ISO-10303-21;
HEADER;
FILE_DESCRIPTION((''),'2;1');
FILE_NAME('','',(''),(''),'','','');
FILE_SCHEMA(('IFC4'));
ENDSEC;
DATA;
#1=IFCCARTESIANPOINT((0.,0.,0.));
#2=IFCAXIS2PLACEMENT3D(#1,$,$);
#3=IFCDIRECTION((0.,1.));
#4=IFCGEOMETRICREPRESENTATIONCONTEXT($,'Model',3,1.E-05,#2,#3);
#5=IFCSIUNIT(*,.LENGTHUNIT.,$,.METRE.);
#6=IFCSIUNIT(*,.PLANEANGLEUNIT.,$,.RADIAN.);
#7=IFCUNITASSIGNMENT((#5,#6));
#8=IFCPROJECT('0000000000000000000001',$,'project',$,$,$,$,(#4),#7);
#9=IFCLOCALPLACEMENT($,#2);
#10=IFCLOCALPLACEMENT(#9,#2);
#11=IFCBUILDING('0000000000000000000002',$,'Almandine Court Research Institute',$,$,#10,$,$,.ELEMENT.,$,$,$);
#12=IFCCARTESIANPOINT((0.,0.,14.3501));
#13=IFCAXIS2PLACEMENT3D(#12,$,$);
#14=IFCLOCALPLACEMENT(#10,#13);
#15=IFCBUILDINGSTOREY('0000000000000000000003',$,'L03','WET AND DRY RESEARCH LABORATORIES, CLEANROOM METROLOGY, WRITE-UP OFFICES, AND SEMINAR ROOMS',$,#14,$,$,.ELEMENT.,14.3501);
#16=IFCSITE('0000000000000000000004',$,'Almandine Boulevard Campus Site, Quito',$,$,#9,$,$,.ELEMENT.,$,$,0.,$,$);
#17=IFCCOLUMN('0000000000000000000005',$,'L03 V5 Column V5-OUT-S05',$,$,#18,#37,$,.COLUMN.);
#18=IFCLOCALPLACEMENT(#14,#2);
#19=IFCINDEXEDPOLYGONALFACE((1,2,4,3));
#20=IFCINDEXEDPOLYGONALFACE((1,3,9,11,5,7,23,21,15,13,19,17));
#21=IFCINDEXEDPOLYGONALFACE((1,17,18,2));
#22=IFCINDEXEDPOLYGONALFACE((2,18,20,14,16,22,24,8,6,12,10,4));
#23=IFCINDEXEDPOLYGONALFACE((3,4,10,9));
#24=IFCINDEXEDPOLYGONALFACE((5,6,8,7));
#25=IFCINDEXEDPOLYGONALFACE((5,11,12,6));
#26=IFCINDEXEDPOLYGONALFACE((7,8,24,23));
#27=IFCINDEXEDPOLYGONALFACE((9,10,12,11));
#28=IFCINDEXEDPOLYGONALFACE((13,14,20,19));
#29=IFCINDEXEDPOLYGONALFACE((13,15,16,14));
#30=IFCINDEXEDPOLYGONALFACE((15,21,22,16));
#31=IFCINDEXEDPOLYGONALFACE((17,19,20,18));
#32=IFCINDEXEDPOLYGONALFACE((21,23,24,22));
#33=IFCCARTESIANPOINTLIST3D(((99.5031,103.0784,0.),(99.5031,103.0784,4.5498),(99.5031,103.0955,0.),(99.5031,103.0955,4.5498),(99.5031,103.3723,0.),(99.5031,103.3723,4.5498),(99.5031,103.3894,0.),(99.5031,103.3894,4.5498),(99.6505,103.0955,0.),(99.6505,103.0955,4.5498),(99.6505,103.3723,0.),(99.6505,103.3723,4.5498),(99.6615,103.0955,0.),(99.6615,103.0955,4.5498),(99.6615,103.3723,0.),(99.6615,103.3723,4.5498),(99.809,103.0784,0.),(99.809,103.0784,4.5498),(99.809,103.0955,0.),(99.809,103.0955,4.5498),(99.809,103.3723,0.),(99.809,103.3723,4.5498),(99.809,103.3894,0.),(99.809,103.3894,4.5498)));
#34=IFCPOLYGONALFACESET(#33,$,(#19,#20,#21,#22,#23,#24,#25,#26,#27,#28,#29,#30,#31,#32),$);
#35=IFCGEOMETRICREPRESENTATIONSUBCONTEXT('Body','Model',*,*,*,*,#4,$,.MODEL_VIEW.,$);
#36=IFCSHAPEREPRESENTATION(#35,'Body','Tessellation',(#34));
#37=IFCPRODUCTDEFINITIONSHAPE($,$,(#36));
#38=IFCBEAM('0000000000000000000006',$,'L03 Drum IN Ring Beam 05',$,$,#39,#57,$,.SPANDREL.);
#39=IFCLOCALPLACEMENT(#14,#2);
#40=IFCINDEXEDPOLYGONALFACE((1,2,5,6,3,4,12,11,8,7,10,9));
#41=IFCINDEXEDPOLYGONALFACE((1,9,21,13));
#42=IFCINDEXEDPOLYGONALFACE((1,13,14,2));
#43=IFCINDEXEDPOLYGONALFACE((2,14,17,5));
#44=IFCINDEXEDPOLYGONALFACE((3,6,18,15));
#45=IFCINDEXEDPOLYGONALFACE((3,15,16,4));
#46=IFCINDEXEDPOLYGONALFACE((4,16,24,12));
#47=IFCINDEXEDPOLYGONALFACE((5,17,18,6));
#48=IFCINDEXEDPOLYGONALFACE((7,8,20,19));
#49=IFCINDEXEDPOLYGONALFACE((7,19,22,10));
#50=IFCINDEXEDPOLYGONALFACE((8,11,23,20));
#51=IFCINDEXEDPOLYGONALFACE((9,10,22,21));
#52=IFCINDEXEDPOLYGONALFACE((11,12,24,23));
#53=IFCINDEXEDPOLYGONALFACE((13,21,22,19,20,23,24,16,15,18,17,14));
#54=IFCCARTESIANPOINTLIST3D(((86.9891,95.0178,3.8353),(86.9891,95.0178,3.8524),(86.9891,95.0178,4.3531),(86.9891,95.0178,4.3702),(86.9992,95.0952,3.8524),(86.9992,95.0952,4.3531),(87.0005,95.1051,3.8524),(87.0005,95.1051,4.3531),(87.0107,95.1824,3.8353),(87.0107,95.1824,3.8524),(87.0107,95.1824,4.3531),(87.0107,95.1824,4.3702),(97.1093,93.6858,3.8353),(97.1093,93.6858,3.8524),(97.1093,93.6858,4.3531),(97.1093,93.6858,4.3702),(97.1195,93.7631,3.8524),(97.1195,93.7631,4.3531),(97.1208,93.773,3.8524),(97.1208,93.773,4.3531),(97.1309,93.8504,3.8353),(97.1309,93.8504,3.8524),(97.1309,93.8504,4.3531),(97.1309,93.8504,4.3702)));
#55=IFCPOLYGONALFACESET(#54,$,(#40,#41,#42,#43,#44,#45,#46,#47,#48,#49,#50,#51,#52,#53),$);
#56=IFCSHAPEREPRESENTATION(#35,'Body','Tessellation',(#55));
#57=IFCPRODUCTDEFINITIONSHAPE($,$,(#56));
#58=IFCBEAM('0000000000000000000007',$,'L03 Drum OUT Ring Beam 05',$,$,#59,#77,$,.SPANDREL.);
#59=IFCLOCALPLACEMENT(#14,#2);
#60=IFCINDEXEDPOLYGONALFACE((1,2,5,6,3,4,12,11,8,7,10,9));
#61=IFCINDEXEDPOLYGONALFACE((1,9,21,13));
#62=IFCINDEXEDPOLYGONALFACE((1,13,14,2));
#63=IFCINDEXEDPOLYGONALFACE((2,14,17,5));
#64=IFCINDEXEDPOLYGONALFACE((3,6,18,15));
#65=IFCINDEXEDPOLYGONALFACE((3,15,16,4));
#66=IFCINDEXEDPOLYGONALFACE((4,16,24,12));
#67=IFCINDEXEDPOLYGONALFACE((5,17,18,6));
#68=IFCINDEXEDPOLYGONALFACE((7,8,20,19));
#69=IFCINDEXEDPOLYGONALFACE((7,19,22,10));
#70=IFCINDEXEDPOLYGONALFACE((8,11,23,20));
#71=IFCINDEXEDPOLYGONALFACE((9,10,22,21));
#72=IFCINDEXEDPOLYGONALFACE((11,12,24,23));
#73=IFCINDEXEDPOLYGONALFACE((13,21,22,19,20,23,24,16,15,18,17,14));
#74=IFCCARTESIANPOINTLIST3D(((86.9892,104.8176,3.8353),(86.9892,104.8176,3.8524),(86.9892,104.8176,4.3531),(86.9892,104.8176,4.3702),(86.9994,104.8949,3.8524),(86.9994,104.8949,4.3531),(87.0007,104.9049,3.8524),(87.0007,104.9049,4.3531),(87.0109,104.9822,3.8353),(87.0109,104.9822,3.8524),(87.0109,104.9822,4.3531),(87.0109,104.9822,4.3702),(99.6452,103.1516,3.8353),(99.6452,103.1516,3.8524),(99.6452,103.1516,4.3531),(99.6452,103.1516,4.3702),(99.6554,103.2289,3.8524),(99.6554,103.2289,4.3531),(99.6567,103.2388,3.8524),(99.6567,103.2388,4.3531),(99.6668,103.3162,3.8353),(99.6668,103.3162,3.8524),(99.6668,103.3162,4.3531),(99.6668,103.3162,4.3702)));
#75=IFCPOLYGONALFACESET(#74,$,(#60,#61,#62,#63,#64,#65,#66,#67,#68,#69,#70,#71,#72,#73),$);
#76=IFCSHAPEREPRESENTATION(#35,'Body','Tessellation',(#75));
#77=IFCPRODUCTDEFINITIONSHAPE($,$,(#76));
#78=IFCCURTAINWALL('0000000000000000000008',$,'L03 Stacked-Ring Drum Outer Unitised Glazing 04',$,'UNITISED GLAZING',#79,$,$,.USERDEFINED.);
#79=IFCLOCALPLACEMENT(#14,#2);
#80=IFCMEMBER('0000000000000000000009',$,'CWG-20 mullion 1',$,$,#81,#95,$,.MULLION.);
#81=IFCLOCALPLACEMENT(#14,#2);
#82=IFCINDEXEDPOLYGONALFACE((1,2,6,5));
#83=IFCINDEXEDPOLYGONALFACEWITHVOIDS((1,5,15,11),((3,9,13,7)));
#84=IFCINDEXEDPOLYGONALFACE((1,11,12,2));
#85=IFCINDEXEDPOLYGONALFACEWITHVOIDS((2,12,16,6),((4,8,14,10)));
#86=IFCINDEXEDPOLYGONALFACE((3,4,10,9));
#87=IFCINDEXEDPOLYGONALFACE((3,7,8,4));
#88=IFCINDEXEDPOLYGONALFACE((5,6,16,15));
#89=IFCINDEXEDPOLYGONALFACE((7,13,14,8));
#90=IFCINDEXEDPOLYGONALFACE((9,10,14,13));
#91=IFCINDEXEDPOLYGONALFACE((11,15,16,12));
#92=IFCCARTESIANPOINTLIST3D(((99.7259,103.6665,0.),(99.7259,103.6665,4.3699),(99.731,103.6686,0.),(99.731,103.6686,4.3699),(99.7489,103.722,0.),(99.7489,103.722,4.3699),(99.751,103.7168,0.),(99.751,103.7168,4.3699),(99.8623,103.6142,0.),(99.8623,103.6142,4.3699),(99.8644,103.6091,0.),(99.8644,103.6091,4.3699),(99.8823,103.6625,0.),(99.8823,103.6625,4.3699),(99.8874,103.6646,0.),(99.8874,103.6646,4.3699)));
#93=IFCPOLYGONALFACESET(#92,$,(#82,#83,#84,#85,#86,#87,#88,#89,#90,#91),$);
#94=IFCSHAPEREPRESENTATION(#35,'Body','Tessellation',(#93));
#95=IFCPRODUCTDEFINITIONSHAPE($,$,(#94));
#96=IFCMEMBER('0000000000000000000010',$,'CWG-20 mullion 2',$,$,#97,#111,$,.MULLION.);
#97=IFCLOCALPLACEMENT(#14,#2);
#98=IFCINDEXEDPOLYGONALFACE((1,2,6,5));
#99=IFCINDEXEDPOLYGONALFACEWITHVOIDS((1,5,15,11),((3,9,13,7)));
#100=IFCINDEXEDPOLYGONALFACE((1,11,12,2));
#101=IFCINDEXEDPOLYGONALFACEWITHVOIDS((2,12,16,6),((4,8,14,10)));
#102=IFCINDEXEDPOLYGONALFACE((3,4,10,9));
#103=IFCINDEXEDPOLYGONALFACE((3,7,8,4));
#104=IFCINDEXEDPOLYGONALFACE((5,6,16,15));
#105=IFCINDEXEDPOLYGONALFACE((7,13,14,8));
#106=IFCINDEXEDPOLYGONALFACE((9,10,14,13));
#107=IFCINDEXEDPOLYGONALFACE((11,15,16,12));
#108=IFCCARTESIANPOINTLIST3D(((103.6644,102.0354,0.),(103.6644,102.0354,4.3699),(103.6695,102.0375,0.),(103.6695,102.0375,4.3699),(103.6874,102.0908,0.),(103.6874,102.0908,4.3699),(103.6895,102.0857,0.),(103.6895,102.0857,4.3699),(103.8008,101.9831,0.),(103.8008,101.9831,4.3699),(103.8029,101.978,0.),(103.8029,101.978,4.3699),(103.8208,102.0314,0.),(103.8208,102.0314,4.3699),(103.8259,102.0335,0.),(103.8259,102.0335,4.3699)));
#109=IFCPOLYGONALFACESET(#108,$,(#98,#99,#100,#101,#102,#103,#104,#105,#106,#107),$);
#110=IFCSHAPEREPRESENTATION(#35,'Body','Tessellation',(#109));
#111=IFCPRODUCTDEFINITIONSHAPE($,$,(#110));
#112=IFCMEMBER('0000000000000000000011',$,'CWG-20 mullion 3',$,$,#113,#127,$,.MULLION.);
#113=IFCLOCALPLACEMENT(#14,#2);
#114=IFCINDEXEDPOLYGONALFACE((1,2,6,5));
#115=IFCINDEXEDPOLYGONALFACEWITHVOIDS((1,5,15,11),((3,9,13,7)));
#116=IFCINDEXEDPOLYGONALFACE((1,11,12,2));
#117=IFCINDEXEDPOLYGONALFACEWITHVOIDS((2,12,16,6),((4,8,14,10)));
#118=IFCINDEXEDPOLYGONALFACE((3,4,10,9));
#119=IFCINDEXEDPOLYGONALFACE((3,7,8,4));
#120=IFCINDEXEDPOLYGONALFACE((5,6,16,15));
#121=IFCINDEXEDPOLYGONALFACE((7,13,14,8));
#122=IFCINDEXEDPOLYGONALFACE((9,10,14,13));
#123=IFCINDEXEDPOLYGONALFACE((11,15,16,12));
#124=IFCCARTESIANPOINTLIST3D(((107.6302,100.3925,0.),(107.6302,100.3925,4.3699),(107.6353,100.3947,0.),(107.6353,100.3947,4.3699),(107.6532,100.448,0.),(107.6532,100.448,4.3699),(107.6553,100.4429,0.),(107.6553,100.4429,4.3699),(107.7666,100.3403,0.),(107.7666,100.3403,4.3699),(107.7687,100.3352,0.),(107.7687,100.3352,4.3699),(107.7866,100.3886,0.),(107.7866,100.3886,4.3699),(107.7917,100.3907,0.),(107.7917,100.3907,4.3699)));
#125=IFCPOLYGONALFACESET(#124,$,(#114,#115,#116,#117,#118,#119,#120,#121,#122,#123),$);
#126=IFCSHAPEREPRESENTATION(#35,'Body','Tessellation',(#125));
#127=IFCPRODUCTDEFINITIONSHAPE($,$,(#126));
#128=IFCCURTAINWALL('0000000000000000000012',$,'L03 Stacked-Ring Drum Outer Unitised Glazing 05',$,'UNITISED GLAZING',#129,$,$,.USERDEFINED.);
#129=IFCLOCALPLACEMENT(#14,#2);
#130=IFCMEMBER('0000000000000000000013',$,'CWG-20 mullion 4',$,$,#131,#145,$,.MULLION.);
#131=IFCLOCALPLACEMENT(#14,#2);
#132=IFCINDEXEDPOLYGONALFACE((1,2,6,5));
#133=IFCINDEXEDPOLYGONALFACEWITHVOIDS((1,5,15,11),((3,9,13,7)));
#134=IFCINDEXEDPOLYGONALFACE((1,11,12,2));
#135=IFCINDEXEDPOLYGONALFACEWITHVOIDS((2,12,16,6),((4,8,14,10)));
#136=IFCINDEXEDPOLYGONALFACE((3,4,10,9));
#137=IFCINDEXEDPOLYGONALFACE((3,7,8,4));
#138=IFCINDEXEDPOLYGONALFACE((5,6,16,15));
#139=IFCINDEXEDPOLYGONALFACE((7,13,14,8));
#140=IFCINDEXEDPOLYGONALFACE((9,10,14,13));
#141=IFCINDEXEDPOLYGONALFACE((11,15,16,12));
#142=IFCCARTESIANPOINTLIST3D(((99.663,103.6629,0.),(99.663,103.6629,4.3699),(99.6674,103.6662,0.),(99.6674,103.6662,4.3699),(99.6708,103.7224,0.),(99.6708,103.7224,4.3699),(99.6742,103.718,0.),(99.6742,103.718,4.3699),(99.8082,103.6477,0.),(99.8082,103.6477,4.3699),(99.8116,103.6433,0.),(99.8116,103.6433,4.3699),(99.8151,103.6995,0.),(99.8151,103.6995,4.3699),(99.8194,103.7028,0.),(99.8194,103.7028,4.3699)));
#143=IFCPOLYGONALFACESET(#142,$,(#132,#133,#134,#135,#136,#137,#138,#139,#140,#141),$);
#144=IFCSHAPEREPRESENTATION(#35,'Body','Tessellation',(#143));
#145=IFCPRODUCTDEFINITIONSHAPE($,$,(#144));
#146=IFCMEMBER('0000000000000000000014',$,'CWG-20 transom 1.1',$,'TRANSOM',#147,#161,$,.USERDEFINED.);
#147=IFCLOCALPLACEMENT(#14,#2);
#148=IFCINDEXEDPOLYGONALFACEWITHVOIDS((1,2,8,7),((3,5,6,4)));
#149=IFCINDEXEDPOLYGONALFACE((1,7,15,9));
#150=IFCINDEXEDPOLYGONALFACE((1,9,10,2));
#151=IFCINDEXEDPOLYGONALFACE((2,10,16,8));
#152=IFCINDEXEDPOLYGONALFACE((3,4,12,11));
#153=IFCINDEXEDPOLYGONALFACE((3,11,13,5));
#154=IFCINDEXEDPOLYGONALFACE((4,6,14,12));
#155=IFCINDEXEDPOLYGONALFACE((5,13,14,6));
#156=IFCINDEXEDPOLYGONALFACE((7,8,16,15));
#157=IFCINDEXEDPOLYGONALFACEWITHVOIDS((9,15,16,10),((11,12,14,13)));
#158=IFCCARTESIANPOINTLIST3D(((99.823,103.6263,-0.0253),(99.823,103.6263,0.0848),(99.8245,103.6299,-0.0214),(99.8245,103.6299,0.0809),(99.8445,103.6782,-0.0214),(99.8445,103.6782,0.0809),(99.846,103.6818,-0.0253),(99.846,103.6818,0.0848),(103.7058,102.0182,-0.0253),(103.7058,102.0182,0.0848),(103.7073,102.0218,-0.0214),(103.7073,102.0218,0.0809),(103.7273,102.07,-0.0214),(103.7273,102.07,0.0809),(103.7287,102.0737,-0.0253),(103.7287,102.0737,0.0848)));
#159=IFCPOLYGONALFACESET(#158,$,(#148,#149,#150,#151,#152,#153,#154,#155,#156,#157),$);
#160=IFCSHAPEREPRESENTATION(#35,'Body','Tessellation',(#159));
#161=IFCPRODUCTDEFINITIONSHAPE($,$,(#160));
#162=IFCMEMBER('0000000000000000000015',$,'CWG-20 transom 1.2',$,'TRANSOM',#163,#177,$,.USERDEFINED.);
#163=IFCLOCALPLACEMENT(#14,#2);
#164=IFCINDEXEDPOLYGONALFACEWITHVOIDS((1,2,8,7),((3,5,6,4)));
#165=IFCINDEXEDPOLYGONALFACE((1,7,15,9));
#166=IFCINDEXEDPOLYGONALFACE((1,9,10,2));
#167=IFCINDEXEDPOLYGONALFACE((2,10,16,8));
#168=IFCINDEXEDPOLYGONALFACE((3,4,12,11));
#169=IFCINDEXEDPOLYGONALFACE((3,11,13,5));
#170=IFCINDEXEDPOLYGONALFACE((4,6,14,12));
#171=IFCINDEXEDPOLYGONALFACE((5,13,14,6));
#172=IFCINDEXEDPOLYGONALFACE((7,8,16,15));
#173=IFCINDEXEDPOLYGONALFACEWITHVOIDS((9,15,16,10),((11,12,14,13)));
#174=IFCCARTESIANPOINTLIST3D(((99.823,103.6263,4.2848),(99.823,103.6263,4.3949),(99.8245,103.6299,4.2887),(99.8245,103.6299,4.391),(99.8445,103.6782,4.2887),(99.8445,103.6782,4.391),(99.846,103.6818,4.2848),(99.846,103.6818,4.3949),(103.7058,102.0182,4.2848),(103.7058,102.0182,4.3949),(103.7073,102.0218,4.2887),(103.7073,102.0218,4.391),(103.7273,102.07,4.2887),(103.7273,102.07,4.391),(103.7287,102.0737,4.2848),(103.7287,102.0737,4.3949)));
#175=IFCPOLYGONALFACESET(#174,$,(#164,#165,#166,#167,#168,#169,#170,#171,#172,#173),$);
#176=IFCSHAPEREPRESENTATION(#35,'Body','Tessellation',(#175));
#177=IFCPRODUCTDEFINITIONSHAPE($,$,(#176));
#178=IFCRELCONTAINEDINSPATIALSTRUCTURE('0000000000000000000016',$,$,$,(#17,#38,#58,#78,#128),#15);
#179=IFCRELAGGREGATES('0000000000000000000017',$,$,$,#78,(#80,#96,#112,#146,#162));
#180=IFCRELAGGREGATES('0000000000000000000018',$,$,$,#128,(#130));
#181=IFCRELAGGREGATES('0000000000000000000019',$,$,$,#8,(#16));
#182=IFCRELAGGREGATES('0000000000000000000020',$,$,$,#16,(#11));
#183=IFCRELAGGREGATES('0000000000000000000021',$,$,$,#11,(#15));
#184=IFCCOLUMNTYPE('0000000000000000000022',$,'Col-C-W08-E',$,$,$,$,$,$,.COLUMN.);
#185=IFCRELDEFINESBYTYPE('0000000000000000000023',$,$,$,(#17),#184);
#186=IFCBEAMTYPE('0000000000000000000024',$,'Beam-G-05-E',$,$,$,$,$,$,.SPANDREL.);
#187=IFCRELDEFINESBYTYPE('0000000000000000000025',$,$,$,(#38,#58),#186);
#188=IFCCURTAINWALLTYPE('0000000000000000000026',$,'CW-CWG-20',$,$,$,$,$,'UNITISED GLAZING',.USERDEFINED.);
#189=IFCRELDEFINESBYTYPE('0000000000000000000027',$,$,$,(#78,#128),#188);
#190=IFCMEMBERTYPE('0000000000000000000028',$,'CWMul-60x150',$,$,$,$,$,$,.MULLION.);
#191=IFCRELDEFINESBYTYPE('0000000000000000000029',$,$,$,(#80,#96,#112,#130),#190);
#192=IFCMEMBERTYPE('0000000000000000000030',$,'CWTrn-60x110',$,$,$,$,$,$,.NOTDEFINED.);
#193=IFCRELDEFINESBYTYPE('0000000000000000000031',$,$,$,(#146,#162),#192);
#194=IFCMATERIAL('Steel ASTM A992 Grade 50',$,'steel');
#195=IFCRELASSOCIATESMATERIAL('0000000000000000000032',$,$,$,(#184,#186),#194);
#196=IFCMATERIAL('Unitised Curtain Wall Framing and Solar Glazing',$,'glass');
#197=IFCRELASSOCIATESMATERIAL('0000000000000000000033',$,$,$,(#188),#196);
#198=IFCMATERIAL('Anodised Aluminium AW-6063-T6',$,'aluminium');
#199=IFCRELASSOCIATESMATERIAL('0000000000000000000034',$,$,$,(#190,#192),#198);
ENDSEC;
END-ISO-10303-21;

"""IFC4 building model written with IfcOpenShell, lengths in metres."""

from ifc_helpers import new_model, si_unit, direction, frame, origin, origin_2d, place, context, subcontext, project, spatial, hollow_rectangle, i_section, extrude, material, material_profile, profile_set, type_object, element, aggregate, save


model = new_model("IFC4")

# Units and contexts
model_context = context("Model", 3, precision=1e-05, world=origin(), true_north=direction((0.0, 1.0)))
body_context = subcontext(model_context, "Body", "Model", "MODEL_VIEW")
ifc_project = project(units=[si_unit("LENGTHUNIT", "METRE"), si_unit("PLANEANGLEUNIT", "RADIAN")], contexts=[model_context])

# Site, building, storey
site_placement = place(None, origin())
site = spatial("IfcSite", under=ifc_project, at=site_placement, Name="Almandine Boulevard Campus Site, Quito", CompositionType="ELEMENT", RefElevation=0.0)
building_placement = place(site_placement, origin())
building = spatial("IfcBuilding", under=site, at=building_placement, Name="Almandine Court Research Institute", CompositionType="ELEMENT")
storey_placement = place(building_placement, frame((0.0, 0.0, 14.3501)))
storey = spatial("IfcBuildingStorey", under=building, at=storey_placement, Name="L03", Description="WET AND DRY RESEARCH LABORATORIES, CLEANROOM METROLOGY, WRITE-UP OFFICES, AND SEMINAR ROOMS", CompositionType="ELEMENT", Elevation=14.3501)

# Column
ifc_material_1 = material(Name="Steel ASTM A992 Grade 50", Category="steel")
ifc_material_profile_1 = material_profile(ifc_material_1, i_section(OverallWidth=0.3059, OverallDepth=0.311, WebThickness=0.011, FlangeThickness=0.0171, at=origin_2d()), Name="W310x107")
ifc_profile_set_1 = profile_set([ifc_material_profile_1], Name="Steel ASTM A992 Grade 50")
column_type = type_object("IfcColumnType", Name="Col-C-W08-E", PredefinedType="COLUMN", material=ifc_profile_set_1)
column_placement = place(storey_placement, frame((99.656, 103.2339, 0.0), z_axis=(0.0, 0.0, 1.0), x_axis=(1.0, 0.0, 0.0)))
element("IfcColumn", 1, at=column_placement, inside=storey, type_object=column_type, Name="L03 V5 Column V5-OUT-S05", PredefinedType="COLUMN", context=body_context, shape_type="SweptSolid", body=[
    extrude(i_section(OverallWidth=0.3059, OverallDepth=0.311, WebThickness=0.011, FlangeThickness=0.0171, at=origin_2d()), origin(), (0.0, 0.0, 1.0), 4.5498),
])

# Beams
ifc_material_profile_2 = material_profile(ifc_material_1, i_section(OverallWidth=0.166, OverallDepth=0.5349, WebThickness=0.01, FlangeThickness=0.0171, at=origin_2d()), Name="W530x85")
ifc_profile_set_2 = profile_set([ifc_material_profile_2], Name="Steel ASTM A992 Grade 50")
beam_type = type_object("IfcBeamType", Name="Beam-G-05-E", PredefinedType="SPANDREL", material=ifc_profile_set_2)
beam_1_placement = place(storey_placement, frame((97.1201, 93.7681, 4.1028), z_axis=(-0.991449, 0.130497, 0.0), x_axis=(-0.130497, -0.991449, 0.0)))
element("IfcBeam", 2, at=beam_1_placement, inside=storey, type_object=beam_type, Name="L03 Drum IN Ring Beam 05", PredefinedType="SPANDREL", context=body_context, shape_type="SweptSolid", body=[
    extrude(i_section(OverallWidth=0.166, OverallDepth=0.5349, WebThickness=0.01, FlangeThickness=0.0171, at=origin_2d()), origin(), (0.0, 0.0, 1.0), 10.2075),
])
beam_2_placement = place(storey_placement, frame((99.656, 103.2339, 4.1028), z_axis=(-0.991447, 0.130512, 0.0), x_axis=(-0.130512, -0.991447, 0.0)))
element("IfcBeam", 3, at=beam_2_placement, inside=storey, type_object=beam_type, Name="L03 Drum OUT Ring Beam 05", PredefinedType="SPANDREL", context=body_context, shape_type="SweptSolid", body=[
    extrude(i_section(OverallWidth=0.166, OverallDepth=0.5349, WebThickness=0.01, FlangeThickness=0.0171, at=origin_2d()), origin(), (0.0, 0.0, 1.0), 12.7651),
])

# Curtain wall, members
ifc_material_2 = material(Name="Unitised Curtain Wall Framing and Solar Glazing", Category="glass")
curtain_wall_type = type_object("IfcCurtainWallType", Name="CW-CWG-20", ElementType="UNITISED GLAZING", PredefinedType="USERDEFINED", material=ifc_material_2)
curtain_wall_1_placement = place(storey_placement, origin())
curtain_wall_1 = element("IfcCurtainWall", 4, at=curtain_wall_1_placement, inside=storey, type_object=curtain_wall_type, Name="L03 Stacked-Ring Drum Outer Unitised Glazing 04", ObjectType="UNITISED GLAZING", PredefinedType="USERDEFINED")
ifc_material_3 = material(Name="Anodised Aluminium AW-6063-T6", Category="aluminium")
ifc_material_profile_3 = material_profile(ifc_material_3, hollow_rectangle(XDim=0.0601, YDim=0.1499, WallThickness=0.0039, at=origin_2d()), Name="ALU RHS 60x150x4")
ifc_profile_set_3 = profile_set([ifc_material_profile_3], Name="Anodised Aluminium AW-6063-T6")
member_type_1 = type_object("IfcMemberType", Name="CWMul-60x150", PredefinedType="MULLION", material=ifc_profile_set_3)
member_1_placement = place(storey_placement, frame((99.8066, 103.6655, 0.0), z_axis=(0.0, 0.0, 1.0), x_axis=(0.382663, 0.923888, 0.0)))
member_1 = element("IfcMember", 5, at=member_1_placement, type_object=member_type_1, Name="CWG-20 mullion 1", PredefinedType="MULLION", context=body_context, shape_type="SweptSolid", body=[
    extrude(hollow_rectangle(XDim=0.0601, YDim=0.1499, WallThickness=0.0039, at=origin_2d()), origin(), (0.0, 0.0, 1.0), 4.3699),
])
member_2_placement = place(storey_placement, frame((103.7451, 102.0344, 0.0), z_axis=(0.0, 0.0, 1.0), x_axis=(0.382663, 0.923888, 0.0)))
member_2 = element("IfcMember", 6, at=member_2_placement, type_object=member_type_1, Name="CWG-20 mullion 2", PredefinedType="MULLION", context=body_context, shape_type="SweptSolid", body=[
    extrude(hollow_rectangle(XDim=0.0601, YDim=0.1499, WallThickness=0.0039, at=origin_2d()), origin(), (0.0, 0.0, 1.0), 4.3699),
])
member_3_placement = place(storey_placement, frame((107.7109, 100.3916, 0.0), z_axis=(0.0, 0.0, 1.0), x_axis=(0.382663, 0.923888, 0.0)))
member_3 = element("IfcMember", 7, at=member_3_placement, type_object=member_type_1, Name="CWG-20 mullion 3", PredefinedType="MULLION", context=body_context, shape_type="SweptSolid", body=[
    extrude(hollow_rectangle(XDim=0.0601, YDim=0.1499, WallThickness=0.0039, at=origin_2d()), origin(), (0.0, 0.0, 1.0), 4.3699),
])

# Curtain wall, member
curtain_wall_2_placement = place(storey_placement, origin())
curtain_wall_2 = element("IfcCurtainWall", 8, at=curtain_wall_2_placement, inside=storey, type_object=curtain_wall_type, Name="L03 Stacked-Ring Drum Outer Unitised Glazing 05", ObjectType="UNITISED GLAZING", PredefinedType="USERDEFINED")
member_4_placement = place(storey_placement, frame((99.7412, 103.6829, 0.0), z_axis=(0.0, 0.0, 1.0), x_axis=(0.130541, 0.991443, 0.0)))
member_4 = element("IfcMember", 9, at=member_4_placement, type_object=member_type_1, Name="CWG-20 mullion 4", PredefinedType="MULLION", context=body_context, shape_type="SweptSolid", body=[
    extrude(hollow_rectangle(XDim=0.0601, YDim=0.1499, WallThickness=0.0039, at=origin_2d()), origin(), (0.0, 0.0, 1.0), 4.3699),
])

# Members
ifc_material_profile_4 = material_profile(ifc_material_3, hollow_rectangle(XDim=0.0601, YDim=0.1101, WallThickness=0.0039, at=origin_2d()), Name="ALU RHS 60x110x4")
ifc_profile_set_4 = profile_set([ifc_material_profile_4], Name="Anodised Aluminium AW-6063-T6")
member_type_2 = type_object("IfcMemberType", Name="CWTrn-60x110", PredefinedType="NOTDEFINED", material=ifc_profile_set_4)
member_5_placement = place(storey_placement, frame((99.8345, 103.6541, 0.0298), z_axis=(0.923893, -0.382651, 0.0), x_axis=(0.382651, 0.923893, 0.0)))
member_5 = element("IfcMember", 10, at=member_5_placement, type_object=member_type_2, Name="CWG-20 transom 1.1", ObjectType="TRANSOM", PredefinedType="USERDEFINED", context=body_context, shape_type="SweptSolid", body=[
    extrude(hollow_rectangle(XDim=0.0601, YDim=0.1101, WallThickness=0.0039, at=origin_2d()), origin(), (0.0, 0.0, 1.0), 4.2026),
])
member_6_placement = place(storey_placement, frame((99.8345, 103.6541, 4.3398), z_axis=(0.923893, -0.382651, 0.0), x_axis=(0.382651, 0.923893, 0.0)))
member_6 = element("IfcMember", 11, at=member_6_placement, type_object=member_type_2, Name="CWG-20 transom 1.2", ObjectType="TRANSOM", PredefinedType="USERDEFINED", context=body_context, shape_type="SweptSolid", body=[
    extrude(hollow_rectangle(XDim=0.0601, YDim=0.1101, WallThickness=0.0039, at=origin_2d()), origin(), (0.0, 0.0, 1.0), 4.2026),
])

aggregate(curtain_wall_1, [member_1, member_2, member_3, member_5, member_6])
aggregate(curtain_wall_2, [member_4])

save(model, "model.ifc")
